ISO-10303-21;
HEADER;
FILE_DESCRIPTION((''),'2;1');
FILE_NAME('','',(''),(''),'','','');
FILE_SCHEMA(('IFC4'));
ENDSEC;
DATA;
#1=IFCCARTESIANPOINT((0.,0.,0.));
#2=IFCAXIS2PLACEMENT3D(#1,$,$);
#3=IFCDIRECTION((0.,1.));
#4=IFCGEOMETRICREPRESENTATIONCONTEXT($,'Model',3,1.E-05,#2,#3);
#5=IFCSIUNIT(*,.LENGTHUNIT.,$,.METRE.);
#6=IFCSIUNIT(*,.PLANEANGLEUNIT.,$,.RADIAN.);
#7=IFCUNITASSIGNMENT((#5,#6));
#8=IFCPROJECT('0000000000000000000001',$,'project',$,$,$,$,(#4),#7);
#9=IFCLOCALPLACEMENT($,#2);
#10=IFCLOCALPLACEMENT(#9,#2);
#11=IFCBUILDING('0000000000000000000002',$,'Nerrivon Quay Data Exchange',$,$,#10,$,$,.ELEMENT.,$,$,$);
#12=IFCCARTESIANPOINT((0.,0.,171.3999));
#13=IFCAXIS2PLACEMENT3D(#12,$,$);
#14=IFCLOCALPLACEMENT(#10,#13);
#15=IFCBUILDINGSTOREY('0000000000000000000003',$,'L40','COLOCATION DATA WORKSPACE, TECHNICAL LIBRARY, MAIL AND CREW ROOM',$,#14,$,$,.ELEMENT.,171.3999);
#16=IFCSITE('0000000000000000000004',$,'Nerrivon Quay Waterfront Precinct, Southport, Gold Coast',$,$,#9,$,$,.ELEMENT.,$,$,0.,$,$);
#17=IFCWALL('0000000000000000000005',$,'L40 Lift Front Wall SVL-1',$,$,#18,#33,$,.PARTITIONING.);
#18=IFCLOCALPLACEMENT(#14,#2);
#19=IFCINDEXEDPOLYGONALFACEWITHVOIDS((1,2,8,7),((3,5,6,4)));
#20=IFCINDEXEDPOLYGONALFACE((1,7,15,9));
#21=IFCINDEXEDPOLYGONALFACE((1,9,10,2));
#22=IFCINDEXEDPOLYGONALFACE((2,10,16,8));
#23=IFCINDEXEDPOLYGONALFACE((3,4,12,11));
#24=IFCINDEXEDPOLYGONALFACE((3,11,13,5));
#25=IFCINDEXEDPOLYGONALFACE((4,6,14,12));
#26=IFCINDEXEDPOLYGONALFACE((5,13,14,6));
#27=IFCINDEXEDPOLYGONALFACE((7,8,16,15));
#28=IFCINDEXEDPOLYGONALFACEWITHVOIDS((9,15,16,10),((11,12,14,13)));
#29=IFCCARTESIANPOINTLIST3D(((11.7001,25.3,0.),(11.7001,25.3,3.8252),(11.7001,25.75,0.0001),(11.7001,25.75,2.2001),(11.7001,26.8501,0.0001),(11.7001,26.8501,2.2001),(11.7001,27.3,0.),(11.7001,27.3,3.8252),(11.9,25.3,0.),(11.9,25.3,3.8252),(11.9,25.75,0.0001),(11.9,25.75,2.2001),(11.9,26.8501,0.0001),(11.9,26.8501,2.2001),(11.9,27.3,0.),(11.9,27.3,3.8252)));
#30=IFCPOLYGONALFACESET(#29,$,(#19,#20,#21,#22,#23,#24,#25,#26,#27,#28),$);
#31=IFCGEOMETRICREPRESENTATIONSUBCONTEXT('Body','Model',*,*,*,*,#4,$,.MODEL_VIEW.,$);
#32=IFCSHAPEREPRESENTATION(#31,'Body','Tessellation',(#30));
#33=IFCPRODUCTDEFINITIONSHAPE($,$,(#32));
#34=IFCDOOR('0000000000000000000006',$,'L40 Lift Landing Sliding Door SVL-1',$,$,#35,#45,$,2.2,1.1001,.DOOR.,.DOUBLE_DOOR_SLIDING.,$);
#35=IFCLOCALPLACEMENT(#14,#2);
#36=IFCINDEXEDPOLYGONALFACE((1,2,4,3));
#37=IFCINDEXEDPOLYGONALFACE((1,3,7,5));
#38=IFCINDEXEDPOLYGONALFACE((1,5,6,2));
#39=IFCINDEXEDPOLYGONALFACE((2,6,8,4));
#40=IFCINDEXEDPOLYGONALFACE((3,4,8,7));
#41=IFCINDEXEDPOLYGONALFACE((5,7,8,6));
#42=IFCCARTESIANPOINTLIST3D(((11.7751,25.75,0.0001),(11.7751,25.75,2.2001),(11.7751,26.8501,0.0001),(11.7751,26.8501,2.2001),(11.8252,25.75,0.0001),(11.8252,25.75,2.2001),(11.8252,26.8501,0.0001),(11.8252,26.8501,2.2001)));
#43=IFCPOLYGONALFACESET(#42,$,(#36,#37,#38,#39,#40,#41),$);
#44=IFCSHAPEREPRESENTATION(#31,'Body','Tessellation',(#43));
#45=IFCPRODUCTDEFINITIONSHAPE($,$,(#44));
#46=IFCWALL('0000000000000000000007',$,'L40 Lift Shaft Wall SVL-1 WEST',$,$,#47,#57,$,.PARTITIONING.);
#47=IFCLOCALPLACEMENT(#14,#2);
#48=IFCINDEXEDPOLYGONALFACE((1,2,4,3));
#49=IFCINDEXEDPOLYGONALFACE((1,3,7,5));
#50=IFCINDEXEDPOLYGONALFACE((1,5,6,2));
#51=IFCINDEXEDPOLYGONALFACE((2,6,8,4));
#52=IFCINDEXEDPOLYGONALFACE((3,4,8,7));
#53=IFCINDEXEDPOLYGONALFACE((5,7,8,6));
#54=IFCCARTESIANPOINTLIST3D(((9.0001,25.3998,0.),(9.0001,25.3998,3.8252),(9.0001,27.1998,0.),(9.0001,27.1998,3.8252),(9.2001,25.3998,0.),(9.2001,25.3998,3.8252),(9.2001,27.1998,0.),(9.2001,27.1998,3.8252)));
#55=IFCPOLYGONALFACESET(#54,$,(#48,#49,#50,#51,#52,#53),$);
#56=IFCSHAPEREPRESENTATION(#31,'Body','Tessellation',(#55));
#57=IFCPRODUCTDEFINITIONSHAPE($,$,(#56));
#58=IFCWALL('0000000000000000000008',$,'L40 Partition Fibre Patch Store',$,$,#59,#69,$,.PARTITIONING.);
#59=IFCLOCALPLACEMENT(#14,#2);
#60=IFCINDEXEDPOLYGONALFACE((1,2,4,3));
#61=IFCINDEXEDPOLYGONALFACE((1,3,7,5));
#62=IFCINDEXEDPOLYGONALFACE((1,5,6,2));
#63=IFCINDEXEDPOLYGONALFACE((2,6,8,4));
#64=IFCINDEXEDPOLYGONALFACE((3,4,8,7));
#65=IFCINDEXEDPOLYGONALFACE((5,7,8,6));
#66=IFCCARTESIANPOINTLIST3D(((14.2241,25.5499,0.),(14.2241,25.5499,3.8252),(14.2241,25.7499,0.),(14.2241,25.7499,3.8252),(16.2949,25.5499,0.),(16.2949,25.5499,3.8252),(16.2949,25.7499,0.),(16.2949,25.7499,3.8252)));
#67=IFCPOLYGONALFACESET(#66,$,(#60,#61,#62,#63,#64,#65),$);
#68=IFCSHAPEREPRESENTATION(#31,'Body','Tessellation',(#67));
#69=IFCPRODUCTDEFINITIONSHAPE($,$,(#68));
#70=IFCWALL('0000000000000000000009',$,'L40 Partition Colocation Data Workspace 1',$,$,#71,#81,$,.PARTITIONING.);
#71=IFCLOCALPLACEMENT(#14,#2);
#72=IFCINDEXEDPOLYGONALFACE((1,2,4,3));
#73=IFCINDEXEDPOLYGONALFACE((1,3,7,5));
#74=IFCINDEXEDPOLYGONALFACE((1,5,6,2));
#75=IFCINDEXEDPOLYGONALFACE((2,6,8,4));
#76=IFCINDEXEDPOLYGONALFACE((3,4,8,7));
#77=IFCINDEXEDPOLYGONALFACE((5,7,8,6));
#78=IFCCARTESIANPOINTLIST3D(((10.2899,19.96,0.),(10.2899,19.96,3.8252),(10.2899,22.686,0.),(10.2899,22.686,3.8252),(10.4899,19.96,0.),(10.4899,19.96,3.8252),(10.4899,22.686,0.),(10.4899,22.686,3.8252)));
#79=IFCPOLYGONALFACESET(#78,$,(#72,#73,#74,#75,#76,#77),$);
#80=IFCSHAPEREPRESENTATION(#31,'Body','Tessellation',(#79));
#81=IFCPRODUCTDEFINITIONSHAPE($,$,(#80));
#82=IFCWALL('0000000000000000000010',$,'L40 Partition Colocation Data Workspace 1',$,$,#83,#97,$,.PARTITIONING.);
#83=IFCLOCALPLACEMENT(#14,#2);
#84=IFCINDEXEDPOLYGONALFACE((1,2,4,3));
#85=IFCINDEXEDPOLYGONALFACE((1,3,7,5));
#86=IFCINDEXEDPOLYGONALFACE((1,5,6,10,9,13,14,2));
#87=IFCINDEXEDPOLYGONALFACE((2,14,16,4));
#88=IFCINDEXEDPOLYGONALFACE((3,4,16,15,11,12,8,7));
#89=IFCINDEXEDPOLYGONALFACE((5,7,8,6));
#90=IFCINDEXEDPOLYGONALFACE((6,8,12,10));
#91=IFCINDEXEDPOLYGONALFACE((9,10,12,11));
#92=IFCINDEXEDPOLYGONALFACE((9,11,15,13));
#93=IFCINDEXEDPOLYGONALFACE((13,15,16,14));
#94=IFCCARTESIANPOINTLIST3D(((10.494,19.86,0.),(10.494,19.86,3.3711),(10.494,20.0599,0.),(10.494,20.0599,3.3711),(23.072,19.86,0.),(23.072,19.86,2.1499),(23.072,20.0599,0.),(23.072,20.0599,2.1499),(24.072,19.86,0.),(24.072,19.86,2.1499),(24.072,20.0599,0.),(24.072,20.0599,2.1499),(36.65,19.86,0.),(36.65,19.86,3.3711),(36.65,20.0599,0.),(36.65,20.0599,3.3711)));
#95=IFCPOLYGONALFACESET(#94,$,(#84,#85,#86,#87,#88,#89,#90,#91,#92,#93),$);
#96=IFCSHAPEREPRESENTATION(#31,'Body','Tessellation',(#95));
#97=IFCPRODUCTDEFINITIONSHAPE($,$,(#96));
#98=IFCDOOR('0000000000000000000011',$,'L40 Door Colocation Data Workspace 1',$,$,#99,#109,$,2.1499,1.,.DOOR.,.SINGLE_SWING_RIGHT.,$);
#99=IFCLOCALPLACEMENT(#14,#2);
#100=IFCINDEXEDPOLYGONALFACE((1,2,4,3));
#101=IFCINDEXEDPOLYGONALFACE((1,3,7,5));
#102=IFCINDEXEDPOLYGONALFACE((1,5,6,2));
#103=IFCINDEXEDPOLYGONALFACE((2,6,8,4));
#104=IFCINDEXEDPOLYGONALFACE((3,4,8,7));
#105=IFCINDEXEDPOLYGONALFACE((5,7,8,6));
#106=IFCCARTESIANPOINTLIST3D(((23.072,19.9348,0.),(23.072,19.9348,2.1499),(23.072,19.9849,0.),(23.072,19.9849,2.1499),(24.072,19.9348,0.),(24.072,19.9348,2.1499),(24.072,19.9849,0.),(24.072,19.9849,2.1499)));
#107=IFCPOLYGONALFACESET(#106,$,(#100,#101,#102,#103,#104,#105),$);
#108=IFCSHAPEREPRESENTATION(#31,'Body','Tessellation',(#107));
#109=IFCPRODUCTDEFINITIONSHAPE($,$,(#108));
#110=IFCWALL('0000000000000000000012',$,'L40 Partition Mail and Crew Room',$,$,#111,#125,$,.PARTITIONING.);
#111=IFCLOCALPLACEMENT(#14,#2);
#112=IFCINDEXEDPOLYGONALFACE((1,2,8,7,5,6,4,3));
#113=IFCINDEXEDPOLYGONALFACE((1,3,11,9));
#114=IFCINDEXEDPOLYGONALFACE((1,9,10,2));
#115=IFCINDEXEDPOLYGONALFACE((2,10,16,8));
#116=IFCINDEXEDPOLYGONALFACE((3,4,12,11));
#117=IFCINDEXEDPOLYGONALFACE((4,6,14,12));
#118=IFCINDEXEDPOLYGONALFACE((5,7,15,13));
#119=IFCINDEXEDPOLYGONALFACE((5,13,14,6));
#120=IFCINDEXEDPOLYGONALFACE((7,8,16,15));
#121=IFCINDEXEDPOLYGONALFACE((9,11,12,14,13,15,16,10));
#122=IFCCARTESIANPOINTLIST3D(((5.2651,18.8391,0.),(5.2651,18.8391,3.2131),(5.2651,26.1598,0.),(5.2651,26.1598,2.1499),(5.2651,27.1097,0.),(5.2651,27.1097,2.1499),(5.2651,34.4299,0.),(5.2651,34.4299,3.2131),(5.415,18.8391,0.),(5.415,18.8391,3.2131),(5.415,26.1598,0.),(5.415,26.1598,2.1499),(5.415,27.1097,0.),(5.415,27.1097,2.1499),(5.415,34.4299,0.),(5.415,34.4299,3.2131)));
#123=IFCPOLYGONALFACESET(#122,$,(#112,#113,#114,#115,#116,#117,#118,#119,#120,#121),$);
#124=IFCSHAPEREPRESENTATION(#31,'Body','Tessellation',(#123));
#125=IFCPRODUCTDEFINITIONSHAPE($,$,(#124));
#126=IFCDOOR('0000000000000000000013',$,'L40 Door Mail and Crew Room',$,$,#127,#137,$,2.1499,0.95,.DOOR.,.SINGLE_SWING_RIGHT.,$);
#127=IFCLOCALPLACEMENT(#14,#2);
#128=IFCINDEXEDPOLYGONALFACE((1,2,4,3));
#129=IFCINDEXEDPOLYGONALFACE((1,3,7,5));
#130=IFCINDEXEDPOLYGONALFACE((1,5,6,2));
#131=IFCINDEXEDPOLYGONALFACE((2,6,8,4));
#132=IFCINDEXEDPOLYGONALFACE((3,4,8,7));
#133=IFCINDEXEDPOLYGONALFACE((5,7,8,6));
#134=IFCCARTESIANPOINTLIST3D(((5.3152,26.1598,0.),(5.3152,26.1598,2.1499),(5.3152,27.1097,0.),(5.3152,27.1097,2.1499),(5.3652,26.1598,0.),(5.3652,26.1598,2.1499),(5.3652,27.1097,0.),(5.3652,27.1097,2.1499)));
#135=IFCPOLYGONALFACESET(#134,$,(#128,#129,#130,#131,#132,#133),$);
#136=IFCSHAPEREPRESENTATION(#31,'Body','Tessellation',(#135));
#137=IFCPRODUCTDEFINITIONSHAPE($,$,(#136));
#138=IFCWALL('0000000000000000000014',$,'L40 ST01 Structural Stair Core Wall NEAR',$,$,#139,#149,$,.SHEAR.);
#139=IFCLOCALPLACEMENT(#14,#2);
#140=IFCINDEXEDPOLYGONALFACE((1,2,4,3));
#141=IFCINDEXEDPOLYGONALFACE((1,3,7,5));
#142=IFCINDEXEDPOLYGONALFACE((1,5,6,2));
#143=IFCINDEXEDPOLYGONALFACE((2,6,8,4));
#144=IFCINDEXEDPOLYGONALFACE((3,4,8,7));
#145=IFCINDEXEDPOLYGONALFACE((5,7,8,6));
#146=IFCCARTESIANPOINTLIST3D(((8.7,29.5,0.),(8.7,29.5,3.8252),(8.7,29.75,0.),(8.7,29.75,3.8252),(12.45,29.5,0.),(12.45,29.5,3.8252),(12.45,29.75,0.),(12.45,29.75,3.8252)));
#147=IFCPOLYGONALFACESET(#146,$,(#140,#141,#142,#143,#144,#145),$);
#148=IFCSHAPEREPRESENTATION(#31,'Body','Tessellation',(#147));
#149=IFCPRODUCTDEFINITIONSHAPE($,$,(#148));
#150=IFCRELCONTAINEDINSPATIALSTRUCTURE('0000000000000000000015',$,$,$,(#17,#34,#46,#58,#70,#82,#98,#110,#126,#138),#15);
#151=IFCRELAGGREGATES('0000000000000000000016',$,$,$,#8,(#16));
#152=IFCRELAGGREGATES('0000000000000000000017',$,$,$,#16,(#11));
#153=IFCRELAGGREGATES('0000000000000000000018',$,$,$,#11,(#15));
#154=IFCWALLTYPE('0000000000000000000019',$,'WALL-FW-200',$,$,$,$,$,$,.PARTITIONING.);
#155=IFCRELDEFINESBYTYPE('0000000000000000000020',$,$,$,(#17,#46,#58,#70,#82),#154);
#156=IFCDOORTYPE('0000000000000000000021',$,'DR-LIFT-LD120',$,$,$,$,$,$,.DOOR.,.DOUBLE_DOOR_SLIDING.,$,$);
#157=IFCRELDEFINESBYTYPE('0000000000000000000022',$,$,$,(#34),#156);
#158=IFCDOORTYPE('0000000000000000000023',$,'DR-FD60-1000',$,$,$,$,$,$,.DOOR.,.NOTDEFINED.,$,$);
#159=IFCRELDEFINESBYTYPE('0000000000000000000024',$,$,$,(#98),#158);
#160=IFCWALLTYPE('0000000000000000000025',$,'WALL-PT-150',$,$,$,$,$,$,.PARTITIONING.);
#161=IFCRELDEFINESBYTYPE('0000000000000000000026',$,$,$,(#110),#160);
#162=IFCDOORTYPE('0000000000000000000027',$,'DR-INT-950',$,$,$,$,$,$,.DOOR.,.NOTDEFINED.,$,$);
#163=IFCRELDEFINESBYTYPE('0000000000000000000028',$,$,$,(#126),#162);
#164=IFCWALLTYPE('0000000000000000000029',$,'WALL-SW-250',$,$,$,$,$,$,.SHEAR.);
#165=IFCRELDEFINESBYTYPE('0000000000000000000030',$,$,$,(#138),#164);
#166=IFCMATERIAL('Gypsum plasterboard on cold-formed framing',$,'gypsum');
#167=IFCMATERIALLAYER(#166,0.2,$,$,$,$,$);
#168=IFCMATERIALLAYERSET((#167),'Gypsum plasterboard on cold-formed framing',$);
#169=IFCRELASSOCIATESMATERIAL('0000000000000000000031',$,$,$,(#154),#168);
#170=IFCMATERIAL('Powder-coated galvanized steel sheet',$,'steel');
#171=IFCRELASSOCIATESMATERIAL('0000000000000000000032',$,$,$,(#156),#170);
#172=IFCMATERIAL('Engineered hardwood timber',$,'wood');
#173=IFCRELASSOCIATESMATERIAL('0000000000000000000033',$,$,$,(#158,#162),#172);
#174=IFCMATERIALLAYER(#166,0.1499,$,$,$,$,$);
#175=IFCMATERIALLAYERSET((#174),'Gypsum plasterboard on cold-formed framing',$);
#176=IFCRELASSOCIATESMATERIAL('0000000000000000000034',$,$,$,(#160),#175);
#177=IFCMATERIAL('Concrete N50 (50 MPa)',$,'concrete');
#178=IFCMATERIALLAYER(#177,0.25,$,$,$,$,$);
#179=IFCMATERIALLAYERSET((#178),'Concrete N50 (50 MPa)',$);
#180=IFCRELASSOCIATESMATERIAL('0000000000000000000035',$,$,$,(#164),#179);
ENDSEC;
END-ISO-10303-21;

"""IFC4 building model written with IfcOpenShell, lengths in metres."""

from ifc_helpers import new_model, si_unit, direction, frame, frame_2d, origin, place, context, subcontext, project, spatial, rectangle, extrude, material, layer, layer_set, type_object, element, fill, save


model = new_model("IFC4")

# Units and contexts
model_context = context("Model", 3, precision=1e-05, world=origin(), true_north=direction((0.0, 1.0)))
body_context = subcontext(model_context, "Body", "Model", "MODEL_VIEW")
ifc_project = project(units=[si_unit("LENGTHUNIT", "METRE"), si_unit("PLANEANGLEUNIT", "RADIAN")], contexts=[model_context])

# Site, building, storey
site_placement = place(None, origin())
site = spatial("IfcSite", under=ifc_project, at=site_placement, Name="Nerrivon Quay Waterfront Precinct, Southport, Gold Coast", CompositionType="ELEMENT", RefElevation=0.0)
building_placement = place(site_placement, origin())
building = spatial("IfcBuilding", under=site, at=building_placement, Name="Nerrivon Quay Data Exchange", CompositionType="ELEMENT")
storey_placement = place(building_placement, frame((0.0, 0.0, 171.3999)))
storey = spatial("IfcBuildingStorey", under=building, at=storey_placement, Name="L40", Description="COLOCATION DATA WORKSPACE, TECHNICAL LIBRARY, MAIL AND CREW ROOM", CompositionType="ELEMENT", Elevation=171.3999)

# Shared definitions
ifc_material_1 = material(Name="Powder-coated galvanized steel sheet", Category="steel")
ifc_material_2 = material(Name="Gypsum plasterboard on cold-formed framing", Category="gypsum")
ifc_layer_1 = layer(ifc_material_2, 0.2)
ifc_layer_set_1 = layer_set([ifc_layer_1], Name="Gypsum plasterboard on cold-formed framing")
wall_type_1 = type_object("IfcWallType", Name="WALL-FW-200", PredefinedType="PARTITIONING", material=ifc_layer_set_1)
door_type_1 = type_object("IfcDoorType", Name="DR-LIFT-LD120", OperationType="DOUBLE_DOOR_SLIDING", PredefinedType="DOOR", material=ifc_material_1)

# Wall, opening, door
wall_1_placement = place(storey_placement, frame((11.8, 25.3, 0.0), z_axis=(0.0, 0.0, 1.0), x_axis=(0.0, 1.0, 0.0)))
wall_1 = element("IfcWall", 1, at=wall_1_placement, inside=storey, type_object=wall_type_1, Name="L40 Lift Front Wall SVL-1", PredefinedType="PARTITIONING", context=body_context, shape_type="SweptSolid", body=[
    extrude(rectangle(XDim=2.0, YDim=0.2, at=frame_2d((1.0, 0.0))), origin(), (0.0, 0.0, 1.0), 3.8252),
])
opening_1_placement = place(wall_1_placement, frame((0.45, 0.0, 0.0)))
opening_1 = element("IfcOpeningElement", 2, at=opening_1_placement, cuts=wall_1, PredefinedType="OPENING", context=body_context, shape_type="SweptSolid", body=[
    extrude(rectangle(XDim=1.1001, YDim=2.2, at=frame_2d((0.55, 1.1001))), frame((0.0, 0.1099, 0.0), z_axis=(0.0, -1.0, 0.0), x_axis=(1.0, 0.0, 0.0)), (0.0, 0.0, 1.0), 0.22),
])
door_1_placement = place(opening_1_placement, origin())
door_1 = element("IfcDoor", 3, at=door_1_placement, inside=storey, type_object=door_type_1, Name="L40 Lift Landing Sliding Door SVL-1", OperationType="DOUBLE_DOOR_SLIDING", OverallHeight=2.2, OverallWidth=1.1001, PredefinedType="DOOR", context=body_context, shape_type="SweptSolid", body=[
    extrude(rectangle(XDim=1.1001, YDim=2.2, at=frame_2d((0.55, 1.1001))), frame((0.0, 0.0249, 0.0), z_axis=(0.0, -1.0, 0.0), x_axis=(1.0, 0.0, 0.0)), (0.0, 0.0, 1.0), 0.05),
])
fill(opening_1, door_1)

# Walls
wall_2_placement = place(storey_placement, frame((9.1001, 25.3999, 0.0), z_axis=(0.0, 0.0, 1.0), x_axis=(0.0, 1.0, 0.0)))
element("IfcWall", 4, at=wall_2_placement, inside=storey, type_object=wall_type_1, Name="L40 Lift Shaft Wall SVL-1 WEST", PredefinedType="PARTITIONING", context=body_context, shape_type="SweptSolid", body=[
    extrude(rectangle(XDim=1.8, YDim=0.2, at=frame_2d((0.8999, 0.0))), origin(), (0.0, 0.0, 1.0), 3.8252),
])
wall_3_placement = place(storey_placement, frame((14.2241, 25.6499, 0.0), z_axis=(0.0, 0.0, 1.0), x_axis=(1.0, 0.0, 0.0)))
element("IfcWall", 5, at=wall_3_placement, inside=storey, type_object=wall_type_1, Name="L40 Partition Fibre Patch Store", PredefinedType="PARTITIONING", context=body_context, shape_type="SweptSolid", body=[
    extrude(rectangle(XDim=2.0708, YDim=0.2, at=frame_2d((1.0354, 0.0))), origin(), (0.0, 0.0, 1.0), 3.8252),
])
wall_4_placement = place(storey_placement, frame((10.3899, 22.686, 0.0), z_axis=(0.0, 0.0, 1.0), x_axis=(0.0, -1.0, 0.0)))
element("IfcWall", 6, at=wall_4_placement, inside=storey, type_object=wall_type_1, Name="L40 Partition Colocation Data Workspace 1", PredefinedType="PARTITIONING", context=body_context, shape_type="SweptSolid", body=[
    extrude(rectangle(XDim=2.7261, YDim=0.2, at=frame_2d((1.363, 0.0))), origin(), (0.0, 0.0, 1.0), 3.8252),
])

# Walls, openings, doors
wall_5_placement = place(storey_placement, frame((10.4939, 19.96, 0.0), z_axis=(0.0, 0.0, 1.0), x_axis=(1.0, 0.0, 0.0)))
wall_5 = element("IfcWall", 7, at=wall_5_placement, inside=storey, type_object=wall_type_1, Name="L40 Partition Colocation Data Workspace 1", PredefinedType="PARTITIONING", context=body_context, shape_type="SweptSolid", body=[
    extrude(rectangle(XDim=26.156, YDim=0.2, at=frame_2d((13.0781, 0.0))), origin(), (0.0, 0.0, 1.0), 3.3711),
])
opening_2_placement = place(wall_5_placement, frame((12.5781, 0.0, 0.0)))
opening_2 = element("IfcOpeningElement", 8, at=opening_2_placement, cuts=wall_5, PredefinedType="OPENING", context=body_context, shape_type="SweptSolid", body=[
    extrude(rectangle(XDim=1.0, YDim=2.1499, at=frame_2d((0.5, 1.075))), frame((0.0, 0.1099, 0.0), z_axis=(0.0, -1.0, 0.0), x_axis=(1.0, 0.0, 0.0)), (0.0, 0.0, 1.0), 0.22),
])
ifc_material_3 = material(Name="Engineered hardwood timber", Category="wood")
door_type_2 = type_object("IfcDoorType", Name="DR-FD60-1000", OperationType="NOTDEFINED", PredefinedType="DOOR", material=ifc_material_3)
door_2_placement = place(opening_2_placement, origin())
door_2 = element("IfcDoor", 9, at=door_2_placement, inside=storey, type_object=door_type_2, Name="L40 Door Colocation Data Workspace 1", OperationType="SINGLE_SWING_RIGHT", OverallHeight=2.1499, OverallWidth=1.0, PredefinedType="DOOR", context=body_context, shape_type="SweptSolid", body=[
    extrude(rectangle(XDim=1.0, YDim=2.1499, at=frame_2d((0.5, 1.075))), frame((0.0, 0.0249, 0.0), z_axis=(0.0, -1.0, 0.0), x_axis=(1.0, 0.0, 0.0)), (0.0, 0.0, 1.0), 0.05),
])
fill(opening_2, door_2)
ifc_layer_2 = layer(ifc_material_2, 0.1499)
ifc_layer_set_2 = layer_set([ifc_layer_2], Name="Gypsum plasterboard on cold-formed framing")
wall_type_2 = type_object("IfcWallType", Name="WALL-PT-150", PredefinedType="PARTITIONING", material=ifc_layer_set_2)
wall_6_placement = place(storey_placement, frame((5.3401, 18.8391, 0.0), z_axis=(0.0, 0.0, 1.0), x_axis=(0.0, 1.0, 0.0)))
wall_6 = element("IfcWall", 10, at=wall_6_placement, inside=storey, type_object=wall_type_2, Name="L40 Partition Mail and Crew Room", PredefinedType="PARTITIONING", context=body_context, shape_type="SweptSolid", body=[
    extrude(rectangle(XDim=15.5908, YDim=0.1499, at=frame_2d((7.7954, 0.0))), origin(), (0.0, 0.0, 1.0), 3.2131),
])
opening_3_placement = place(wall_6_placement, frame((7.3206, 0.0, 0.0)))
opening_3 = element("IfcOpeningElement", 11, at=opening_3_placement, cuts=wall_6, PredefinedType="OPENING", context=body_context, shape_type="SweptSolid", body=[
    extrude(rectangle(XDim=0.95, YDim=2.1499, at=frame_2d((0.4751, 1.075))), frame((0.0, 0.085, 0.0), z_axis=(0.0, -1.0, 0.0), x_axis=(1.0, 0.0, 0.0)), (0.0, 0.0, 1.0), 0.1699),
])
door_type_3 = type_object("IfcDoorType", Name="DR-INT-950", OperationType="NOTDEFINED", PredefinedType="DOOR", material=ifc_material_3)
door_3_placement = place(opening_3_placement, origin())
door_3 = element("IfcDoor", 12, at=door_3_placement, inside=storey, type_object=door_type_3, Name="L40 Door Mail and Crew Room", OperationType="SINGLE_SWING_RIGHT", OverallHeight=2.1499, OverallWidth=0.95, PredefinedType="DOOR", context=body_context, shape_type="SweptSolid", body=[
    extrude(rectangle(XDim=0.95, YDim=2.1499, at=frame_2d((0.4751, 1.075))), frame((0.0, 0.0249, 0.0), z_axis=(0.0, -1.0, 0.0), x_axis=(1.0, 0.0, 0.0)), (0.0, 0.0, 1.0), 0.05),
])
fill(opening_3, door_3)

# Wall
ifc_material_4 = material(Name="Concrete N50 (50 MPa)", Category="concrete")
ifc_layer_3 = layer(ifc_material_4, 0.25)
ifc_layer_set_3 = layer_set([ifc_layer_3], Name="Concrete N50 (50 MPa)")
wall_type_3 = type_object("IfcWallType", Name="WALL-SW-250", PredefinedType="SHEAR", material=ifc_layer_set_3)
wall_7_placement = place(storey_placement, frame((12.45, 29.625, 0.0), z_axis=(0.0, 0.0, 1.0), x_axis=(-1.0, 0.0, 0.0)))
element("IfcWall", 13, at=wall_7_placement, inside=storey, type_object=wall_type_3, Name="L40 ST01 Structural Stair Core Wall NEAR", PredefinedType="SHEAR", context=body_context, shape_type="SweptSolid", body=[
    extrude(rectangle(XDim=3.75, YDim=0.25, at=frame_2d((1.875, 0.0))), origin(), (0.0, 0.0, 1.0), 3.8252),
])

save(model, "model.ifc")
